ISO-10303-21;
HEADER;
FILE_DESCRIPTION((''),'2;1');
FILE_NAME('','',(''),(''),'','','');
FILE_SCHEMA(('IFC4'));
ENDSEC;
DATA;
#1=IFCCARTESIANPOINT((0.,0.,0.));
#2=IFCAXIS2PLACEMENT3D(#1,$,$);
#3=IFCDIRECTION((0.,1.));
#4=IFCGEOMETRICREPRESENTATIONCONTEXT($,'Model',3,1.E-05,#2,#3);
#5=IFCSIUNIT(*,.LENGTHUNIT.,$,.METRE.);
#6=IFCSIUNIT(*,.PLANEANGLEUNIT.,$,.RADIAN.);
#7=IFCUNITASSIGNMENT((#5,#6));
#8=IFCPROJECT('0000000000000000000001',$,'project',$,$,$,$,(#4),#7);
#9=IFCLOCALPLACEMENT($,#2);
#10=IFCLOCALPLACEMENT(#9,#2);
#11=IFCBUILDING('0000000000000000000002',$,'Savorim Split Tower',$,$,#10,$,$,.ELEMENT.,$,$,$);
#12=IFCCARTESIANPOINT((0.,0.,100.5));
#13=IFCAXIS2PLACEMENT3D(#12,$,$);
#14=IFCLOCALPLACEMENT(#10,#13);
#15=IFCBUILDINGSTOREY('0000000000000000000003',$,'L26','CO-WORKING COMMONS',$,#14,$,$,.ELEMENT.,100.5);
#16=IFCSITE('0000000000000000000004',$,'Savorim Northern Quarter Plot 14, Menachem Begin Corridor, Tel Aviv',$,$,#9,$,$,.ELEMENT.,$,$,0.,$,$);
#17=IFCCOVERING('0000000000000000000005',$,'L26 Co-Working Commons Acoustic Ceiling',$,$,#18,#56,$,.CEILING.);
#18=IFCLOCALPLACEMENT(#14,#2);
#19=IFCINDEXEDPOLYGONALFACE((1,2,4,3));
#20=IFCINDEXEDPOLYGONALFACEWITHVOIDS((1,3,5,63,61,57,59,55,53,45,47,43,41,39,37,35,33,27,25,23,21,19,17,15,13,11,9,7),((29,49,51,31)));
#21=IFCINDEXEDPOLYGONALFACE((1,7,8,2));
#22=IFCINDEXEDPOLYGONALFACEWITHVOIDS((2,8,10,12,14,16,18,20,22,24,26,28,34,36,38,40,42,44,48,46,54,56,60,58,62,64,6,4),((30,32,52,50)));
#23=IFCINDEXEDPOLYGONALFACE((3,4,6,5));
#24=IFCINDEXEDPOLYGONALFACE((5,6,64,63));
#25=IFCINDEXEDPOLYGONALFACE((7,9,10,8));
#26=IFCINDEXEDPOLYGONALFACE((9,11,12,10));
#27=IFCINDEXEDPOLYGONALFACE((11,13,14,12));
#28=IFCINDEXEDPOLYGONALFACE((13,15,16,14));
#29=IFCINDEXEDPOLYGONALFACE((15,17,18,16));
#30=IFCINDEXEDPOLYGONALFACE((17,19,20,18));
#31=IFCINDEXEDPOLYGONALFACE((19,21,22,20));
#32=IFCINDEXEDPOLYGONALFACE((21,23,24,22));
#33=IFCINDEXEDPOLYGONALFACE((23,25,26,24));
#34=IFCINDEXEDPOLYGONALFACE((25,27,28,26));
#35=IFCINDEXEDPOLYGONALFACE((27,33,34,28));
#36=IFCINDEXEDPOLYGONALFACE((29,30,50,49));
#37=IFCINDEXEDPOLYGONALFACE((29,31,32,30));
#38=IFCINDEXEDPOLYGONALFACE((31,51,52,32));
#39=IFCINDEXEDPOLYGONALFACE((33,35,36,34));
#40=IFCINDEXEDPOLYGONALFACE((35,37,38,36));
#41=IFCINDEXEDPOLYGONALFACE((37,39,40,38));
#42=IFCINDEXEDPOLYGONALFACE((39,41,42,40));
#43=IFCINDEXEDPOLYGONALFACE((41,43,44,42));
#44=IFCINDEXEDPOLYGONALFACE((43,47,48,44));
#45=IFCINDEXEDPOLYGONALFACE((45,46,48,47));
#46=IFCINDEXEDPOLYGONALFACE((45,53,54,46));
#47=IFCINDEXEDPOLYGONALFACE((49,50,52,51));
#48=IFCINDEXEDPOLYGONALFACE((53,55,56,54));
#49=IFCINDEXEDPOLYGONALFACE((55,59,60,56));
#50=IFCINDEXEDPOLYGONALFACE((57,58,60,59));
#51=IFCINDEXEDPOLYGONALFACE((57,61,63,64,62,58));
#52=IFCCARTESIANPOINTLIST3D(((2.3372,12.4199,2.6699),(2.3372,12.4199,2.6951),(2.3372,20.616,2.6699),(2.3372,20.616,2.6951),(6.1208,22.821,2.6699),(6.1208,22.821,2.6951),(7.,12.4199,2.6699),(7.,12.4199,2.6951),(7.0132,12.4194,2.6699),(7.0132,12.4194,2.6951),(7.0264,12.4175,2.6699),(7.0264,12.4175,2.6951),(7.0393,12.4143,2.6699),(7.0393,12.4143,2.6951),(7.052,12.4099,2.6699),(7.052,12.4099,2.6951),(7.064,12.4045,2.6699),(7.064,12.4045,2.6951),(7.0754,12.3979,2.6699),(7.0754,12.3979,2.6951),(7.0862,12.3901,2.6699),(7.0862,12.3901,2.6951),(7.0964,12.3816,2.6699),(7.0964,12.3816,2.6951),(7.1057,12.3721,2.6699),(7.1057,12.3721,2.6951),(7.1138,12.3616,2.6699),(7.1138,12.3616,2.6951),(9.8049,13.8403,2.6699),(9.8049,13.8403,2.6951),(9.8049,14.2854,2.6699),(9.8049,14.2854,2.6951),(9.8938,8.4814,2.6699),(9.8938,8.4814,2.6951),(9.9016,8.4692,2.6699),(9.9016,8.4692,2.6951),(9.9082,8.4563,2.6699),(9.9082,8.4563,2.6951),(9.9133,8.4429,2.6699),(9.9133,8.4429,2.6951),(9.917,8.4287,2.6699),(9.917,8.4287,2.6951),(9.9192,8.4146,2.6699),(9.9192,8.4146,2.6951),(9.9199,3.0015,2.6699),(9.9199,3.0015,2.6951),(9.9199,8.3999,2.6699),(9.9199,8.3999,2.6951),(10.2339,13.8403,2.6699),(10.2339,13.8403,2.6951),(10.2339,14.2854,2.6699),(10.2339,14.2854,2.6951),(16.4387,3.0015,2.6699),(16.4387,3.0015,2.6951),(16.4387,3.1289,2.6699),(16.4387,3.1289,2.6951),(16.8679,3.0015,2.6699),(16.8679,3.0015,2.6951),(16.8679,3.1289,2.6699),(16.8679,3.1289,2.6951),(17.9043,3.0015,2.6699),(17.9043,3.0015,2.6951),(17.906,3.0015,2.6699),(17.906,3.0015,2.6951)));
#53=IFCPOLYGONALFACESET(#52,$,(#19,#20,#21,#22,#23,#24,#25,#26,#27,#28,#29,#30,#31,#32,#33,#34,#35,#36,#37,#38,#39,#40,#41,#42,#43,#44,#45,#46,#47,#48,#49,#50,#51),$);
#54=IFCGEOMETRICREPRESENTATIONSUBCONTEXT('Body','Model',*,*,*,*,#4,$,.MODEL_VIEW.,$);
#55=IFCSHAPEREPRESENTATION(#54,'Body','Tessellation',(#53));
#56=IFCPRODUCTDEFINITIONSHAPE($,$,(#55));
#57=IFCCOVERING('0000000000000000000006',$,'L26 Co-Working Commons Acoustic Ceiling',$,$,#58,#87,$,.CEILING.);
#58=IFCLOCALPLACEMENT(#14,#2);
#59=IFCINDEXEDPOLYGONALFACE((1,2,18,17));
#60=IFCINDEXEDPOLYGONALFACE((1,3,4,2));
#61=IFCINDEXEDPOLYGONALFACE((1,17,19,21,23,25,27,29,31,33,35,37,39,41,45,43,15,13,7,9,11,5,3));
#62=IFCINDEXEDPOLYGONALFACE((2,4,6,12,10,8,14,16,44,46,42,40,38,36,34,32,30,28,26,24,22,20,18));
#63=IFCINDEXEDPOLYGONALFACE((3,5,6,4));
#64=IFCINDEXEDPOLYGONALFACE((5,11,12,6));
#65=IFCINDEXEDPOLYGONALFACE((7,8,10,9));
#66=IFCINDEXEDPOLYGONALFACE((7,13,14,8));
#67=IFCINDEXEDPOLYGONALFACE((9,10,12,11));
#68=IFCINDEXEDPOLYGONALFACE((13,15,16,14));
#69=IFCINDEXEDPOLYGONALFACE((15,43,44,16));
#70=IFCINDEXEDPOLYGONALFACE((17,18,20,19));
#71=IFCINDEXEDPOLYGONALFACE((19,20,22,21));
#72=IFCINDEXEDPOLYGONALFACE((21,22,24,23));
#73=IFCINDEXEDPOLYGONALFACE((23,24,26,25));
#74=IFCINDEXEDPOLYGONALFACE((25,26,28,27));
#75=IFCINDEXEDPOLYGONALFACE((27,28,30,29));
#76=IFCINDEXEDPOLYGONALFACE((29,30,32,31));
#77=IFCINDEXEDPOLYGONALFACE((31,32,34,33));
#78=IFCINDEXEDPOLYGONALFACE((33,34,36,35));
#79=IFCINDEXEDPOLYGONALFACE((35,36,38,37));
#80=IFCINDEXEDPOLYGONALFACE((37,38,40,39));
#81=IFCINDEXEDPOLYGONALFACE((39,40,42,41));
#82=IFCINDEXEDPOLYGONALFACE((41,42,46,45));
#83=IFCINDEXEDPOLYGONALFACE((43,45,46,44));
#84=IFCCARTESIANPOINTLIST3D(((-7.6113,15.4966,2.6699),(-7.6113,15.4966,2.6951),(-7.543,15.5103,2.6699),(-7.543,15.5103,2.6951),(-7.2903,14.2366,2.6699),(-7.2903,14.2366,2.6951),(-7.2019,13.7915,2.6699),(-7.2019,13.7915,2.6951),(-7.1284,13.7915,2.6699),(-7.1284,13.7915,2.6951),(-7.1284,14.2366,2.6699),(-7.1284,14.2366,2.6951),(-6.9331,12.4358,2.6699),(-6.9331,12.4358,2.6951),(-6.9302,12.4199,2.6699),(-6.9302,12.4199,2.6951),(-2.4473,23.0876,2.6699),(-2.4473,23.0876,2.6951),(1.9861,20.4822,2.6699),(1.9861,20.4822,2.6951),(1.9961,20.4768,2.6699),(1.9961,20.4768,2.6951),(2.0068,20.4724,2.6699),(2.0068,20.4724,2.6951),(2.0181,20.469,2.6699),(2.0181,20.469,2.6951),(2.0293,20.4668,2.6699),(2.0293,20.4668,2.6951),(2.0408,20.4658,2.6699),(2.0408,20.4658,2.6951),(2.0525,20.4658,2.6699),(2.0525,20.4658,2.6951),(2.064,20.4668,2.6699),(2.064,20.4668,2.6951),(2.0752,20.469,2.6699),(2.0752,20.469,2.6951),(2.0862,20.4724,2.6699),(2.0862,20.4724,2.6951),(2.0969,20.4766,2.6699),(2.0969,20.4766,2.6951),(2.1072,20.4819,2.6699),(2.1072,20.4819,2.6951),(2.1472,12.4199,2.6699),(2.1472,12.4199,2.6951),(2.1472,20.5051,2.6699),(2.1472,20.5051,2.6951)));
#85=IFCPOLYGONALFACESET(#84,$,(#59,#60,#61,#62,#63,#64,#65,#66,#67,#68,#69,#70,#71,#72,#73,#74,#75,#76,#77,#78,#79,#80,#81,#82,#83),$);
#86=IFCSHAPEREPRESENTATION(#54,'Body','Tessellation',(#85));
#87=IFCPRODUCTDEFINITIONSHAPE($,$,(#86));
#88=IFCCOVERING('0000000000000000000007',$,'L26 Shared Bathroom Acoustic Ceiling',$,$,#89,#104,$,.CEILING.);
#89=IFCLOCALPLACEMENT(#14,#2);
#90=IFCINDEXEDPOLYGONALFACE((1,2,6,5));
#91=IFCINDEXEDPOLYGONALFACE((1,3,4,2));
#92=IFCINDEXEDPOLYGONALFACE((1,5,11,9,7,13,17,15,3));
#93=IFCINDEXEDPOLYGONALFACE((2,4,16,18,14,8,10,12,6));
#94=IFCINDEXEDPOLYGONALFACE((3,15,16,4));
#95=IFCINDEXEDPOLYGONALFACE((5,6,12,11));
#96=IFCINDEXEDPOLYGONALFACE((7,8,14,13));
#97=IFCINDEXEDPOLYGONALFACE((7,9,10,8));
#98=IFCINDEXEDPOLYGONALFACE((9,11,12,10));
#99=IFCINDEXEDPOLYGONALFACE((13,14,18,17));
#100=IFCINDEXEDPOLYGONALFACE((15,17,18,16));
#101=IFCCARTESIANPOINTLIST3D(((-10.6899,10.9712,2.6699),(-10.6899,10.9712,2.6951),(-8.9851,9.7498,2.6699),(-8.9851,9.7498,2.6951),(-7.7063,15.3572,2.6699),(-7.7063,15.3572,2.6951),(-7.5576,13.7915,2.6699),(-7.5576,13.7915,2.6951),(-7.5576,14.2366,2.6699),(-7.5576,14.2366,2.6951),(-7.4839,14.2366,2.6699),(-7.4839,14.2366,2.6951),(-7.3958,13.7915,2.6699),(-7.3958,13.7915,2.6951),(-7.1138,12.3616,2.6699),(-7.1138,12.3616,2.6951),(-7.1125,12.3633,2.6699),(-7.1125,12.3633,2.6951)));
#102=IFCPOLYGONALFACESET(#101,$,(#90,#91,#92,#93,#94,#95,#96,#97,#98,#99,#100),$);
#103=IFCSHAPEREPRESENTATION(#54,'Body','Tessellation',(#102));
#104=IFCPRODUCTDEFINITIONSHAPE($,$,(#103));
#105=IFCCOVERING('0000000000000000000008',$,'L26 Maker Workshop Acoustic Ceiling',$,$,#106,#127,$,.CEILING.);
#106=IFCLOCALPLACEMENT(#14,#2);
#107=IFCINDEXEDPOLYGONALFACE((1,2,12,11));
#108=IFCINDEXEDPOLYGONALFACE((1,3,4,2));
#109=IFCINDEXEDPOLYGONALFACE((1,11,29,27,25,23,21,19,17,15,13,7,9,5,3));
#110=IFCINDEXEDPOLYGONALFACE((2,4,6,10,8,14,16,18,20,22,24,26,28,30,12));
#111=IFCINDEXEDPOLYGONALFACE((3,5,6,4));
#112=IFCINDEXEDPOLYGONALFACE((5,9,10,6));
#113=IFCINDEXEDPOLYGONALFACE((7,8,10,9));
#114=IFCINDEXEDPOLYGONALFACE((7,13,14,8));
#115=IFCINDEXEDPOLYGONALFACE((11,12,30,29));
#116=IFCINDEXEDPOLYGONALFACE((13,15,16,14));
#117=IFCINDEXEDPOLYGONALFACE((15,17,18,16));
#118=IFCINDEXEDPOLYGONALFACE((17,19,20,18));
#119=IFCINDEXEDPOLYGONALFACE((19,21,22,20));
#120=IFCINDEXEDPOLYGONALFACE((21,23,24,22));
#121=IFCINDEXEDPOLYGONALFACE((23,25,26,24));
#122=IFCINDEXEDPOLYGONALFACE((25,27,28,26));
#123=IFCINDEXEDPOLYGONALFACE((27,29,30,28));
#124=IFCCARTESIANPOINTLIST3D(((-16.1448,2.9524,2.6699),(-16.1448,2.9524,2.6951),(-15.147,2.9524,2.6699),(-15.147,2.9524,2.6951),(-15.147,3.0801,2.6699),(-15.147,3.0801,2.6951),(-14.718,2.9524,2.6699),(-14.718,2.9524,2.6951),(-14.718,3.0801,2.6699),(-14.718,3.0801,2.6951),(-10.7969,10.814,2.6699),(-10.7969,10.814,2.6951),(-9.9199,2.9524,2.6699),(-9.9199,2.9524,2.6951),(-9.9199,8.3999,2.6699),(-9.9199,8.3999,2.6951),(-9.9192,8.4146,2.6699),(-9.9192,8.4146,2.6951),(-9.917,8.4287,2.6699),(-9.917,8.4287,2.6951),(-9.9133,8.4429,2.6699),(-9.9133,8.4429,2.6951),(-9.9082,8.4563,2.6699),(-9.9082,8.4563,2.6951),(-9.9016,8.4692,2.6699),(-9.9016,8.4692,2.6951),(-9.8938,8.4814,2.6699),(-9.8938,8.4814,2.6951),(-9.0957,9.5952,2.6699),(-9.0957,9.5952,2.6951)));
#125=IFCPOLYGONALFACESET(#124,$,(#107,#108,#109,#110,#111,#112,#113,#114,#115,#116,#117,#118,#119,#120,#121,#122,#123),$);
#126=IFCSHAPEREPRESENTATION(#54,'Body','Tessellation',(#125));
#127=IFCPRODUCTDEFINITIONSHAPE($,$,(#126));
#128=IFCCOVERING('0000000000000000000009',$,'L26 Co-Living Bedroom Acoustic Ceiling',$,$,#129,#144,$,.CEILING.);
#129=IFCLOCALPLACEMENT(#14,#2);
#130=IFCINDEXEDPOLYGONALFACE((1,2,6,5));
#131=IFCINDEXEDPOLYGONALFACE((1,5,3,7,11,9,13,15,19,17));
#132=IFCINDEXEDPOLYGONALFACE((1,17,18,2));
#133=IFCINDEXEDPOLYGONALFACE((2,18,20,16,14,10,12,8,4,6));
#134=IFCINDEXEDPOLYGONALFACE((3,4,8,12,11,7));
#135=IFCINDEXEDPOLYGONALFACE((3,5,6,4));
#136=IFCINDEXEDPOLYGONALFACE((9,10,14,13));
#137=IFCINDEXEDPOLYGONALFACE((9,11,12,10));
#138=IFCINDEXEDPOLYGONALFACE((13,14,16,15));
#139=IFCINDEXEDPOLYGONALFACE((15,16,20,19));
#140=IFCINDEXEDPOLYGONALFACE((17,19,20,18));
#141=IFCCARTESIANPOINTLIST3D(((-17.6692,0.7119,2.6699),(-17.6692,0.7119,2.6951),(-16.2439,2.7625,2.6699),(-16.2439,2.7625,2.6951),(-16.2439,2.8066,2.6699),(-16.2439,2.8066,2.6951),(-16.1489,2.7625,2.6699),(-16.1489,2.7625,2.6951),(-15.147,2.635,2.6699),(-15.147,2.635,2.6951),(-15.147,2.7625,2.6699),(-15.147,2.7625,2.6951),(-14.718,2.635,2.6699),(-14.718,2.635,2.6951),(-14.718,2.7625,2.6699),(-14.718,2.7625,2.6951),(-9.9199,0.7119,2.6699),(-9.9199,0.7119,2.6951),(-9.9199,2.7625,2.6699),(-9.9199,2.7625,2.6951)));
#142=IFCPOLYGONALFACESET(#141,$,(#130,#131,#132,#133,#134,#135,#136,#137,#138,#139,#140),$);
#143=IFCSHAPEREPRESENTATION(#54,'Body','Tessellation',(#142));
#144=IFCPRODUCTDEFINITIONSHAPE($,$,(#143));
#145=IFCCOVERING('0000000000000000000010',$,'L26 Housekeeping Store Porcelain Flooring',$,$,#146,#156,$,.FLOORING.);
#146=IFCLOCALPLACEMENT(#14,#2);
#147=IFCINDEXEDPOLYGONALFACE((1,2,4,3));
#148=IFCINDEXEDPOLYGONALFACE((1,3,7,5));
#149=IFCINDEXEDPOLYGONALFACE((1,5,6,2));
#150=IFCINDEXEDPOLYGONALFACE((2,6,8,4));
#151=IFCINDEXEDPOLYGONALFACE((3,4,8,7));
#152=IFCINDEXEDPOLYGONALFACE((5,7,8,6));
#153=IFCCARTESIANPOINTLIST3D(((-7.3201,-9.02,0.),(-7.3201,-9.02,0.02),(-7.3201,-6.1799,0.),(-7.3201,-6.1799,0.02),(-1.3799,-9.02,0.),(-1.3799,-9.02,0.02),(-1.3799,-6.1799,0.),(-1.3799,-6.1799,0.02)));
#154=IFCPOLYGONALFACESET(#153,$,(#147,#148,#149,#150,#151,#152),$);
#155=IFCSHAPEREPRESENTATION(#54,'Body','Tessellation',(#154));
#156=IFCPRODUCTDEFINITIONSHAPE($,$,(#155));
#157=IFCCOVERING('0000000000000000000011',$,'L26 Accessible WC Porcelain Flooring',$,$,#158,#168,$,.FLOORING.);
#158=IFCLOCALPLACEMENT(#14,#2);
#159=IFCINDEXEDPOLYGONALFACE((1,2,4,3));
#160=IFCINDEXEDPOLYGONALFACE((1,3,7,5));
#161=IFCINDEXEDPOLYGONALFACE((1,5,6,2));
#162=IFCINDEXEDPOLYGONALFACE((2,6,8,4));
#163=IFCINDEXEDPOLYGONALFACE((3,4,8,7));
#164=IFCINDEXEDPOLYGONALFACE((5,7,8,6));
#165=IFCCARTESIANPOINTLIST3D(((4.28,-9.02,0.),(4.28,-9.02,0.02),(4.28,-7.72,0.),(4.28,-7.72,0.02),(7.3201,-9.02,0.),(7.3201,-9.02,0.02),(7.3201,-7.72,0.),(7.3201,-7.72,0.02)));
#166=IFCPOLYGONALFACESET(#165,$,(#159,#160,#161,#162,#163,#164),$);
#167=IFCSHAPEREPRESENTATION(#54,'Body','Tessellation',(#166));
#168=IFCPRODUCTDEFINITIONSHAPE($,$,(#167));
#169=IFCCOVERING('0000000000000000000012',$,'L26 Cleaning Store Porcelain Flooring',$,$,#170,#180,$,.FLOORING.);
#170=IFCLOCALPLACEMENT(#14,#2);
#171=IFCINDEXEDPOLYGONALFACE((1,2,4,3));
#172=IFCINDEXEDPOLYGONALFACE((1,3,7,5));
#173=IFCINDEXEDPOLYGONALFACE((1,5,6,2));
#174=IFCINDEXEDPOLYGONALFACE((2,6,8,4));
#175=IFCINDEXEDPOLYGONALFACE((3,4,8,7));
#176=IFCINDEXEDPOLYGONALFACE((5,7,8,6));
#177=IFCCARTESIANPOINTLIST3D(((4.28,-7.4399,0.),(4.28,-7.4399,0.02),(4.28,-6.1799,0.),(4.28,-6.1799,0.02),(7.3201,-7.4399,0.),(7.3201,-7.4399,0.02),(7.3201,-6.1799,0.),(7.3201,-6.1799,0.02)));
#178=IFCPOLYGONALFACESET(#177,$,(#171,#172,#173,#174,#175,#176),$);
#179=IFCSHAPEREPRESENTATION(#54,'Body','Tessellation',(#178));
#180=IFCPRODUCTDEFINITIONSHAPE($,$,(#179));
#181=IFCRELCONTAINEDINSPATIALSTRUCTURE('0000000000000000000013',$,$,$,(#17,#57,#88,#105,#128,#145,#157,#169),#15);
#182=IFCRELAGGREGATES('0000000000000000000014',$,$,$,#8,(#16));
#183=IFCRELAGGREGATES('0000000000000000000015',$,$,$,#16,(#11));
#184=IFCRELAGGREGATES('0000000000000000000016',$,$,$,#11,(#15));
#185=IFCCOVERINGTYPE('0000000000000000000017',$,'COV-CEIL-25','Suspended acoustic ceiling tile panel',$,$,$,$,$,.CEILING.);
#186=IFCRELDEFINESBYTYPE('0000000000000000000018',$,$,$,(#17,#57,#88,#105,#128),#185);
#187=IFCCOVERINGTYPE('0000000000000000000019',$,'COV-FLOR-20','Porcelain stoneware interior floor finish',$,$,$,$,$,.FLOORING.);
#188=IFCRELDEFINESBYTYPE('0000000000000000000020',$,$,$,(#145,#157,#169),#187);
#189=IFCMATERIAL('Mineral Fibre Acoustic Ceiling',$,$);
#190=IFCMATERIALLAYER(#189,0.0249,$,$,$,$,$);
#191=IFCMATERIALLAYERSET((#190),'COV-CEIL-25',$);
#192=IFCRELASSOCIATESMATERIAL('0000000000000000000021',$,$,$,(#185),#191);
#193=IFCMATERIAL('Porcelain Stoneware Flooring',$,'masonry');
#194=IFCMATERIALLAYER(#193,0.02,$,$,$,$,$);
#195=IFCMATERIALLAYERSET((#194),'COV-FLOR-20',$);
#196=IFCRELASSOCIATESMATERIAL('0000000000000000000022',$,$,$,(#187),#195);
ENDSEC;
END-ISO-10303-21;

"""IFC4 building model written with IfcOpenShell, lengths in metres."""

from ifc_helpers import new_model, si_unit, direction, frame, origin, place, context, subcontext, project, spatial, polyline, outline, extrude, material, layer, layer_set, type_object, element, save


model = new_model("IFC4")

# Units and contexts
model_context = context("Model", 3, precision=1e-05, world=origin(), true_north=direction((0.0, 1.0)))
body_context = subcontext(model_context, "Body", "Model", "MODEL_VIEW")
ifc_project = project(units=[si_unit("LENGTHUNIT", "METRE"), si_unit("PLANEANGLEUNIT", "RADIAN")], contexts=[model_context])

# Site, building, storey
site_placement = place(None, origin())
site = spatial("IfcSite", under=ifc_project, at=site_placement, Name="Savorim Northern Quarter Plot 14, Menachem Begin Corridor, Tel Aviv", CompositionType="ELEMENT", RefElevation=0.0)
building_placement = place(site_placement, origin())
building = spatial("IfcBuilding", under=site, at=building_placement, Name="Savorim Split Tower", CompositionType="ELEMENT")
storey_placement = place(building_placement, frame((0.0, 0.0, 100.5)))
storey = spatial("IfcBuildingStorey", under=building, at=storey_placement, Name="L26", Description="CO-WORKING COMMONS", CompositionType="ELEMENT", Elevation=100.5)

# Coverings
ifc_material_1 = material(Name="Mineral Fibre Acoustic Ceiling")
ifc_layer_1 = layer(ifc_material_1, 0.0249)
ifc_layer_set_1 = layer_set([ifc_layer_1], Name="COV-CEIL-25")
covering_type_1 = type_object("IfcCoveringType", Name="COV-CEIL-25", Description="Suspended acoustic ceiling tile panel", PredefinedType="CEILING", material=ifc_layer_set_1)
covering_1_placement = place(storey_placement, frame((0.0, 0.0, 2.6699)))
element("IfcCovering", 1, at=covering_1_placement, inside=storey, type_object=covering_type_1, Name="L26 Co-Working Commons Acoustic Ceiling", PredefinedType="CEILING", context=body_context, shape_type="SweptSolid", body=[
    extrude(outline(polyline([(17.9043, 3.0015), (17.906, 3.0015), (6.1208, 22.821), (2.3372, 20.616), (2.3372, 12.4199), (7.0, 12.4199), (7.0132, 12.4194), (7.0264, 12.4175), (7.0393, 12.4143), (7.052, 12.4099), (7.064, 12.4045), (7.0754, 12.3979), (7.0862, 12.3901), (7.0964, 12.3816), (7.1057, 12.3721), (7.1138, 12.3616), (9.8938, 8.4814), (9.9016, 8.4692), (9.9082, 8.4563), (9.9133, 8.4429), (9.917, 8.4287), (9.9192, 8.4146), (9.9199, 8.3999), (9.9199, 3.0015), (16.4387, 3.0015), (16.4387, 3.1289), (16.8679, 3.1289), (16.8679, 3.0015), (17.9043, 3.0015)]), holes=[polyline([(10.2339, 14.2854), (9.8049, 14.2854), (9.8049, 13.8403), (10.2339, 13.8403), (10.2339, 14.2854)])]), origin(), (0.0, 0.0, 1.0), 0.0251),
])
covering_2_placement = place(storey_placement, frame((0.0, 0.0, 2.6699)))
element("IfcCovering", 2, at=covering_2_placement, inside=storey, type_object=covering_type_1, Name="L26 Co-Working Commons Acoustic Ceiling", PredefinedType="CEILING", context=body_context, shape_type="SweptSolid", body=[
    extrude(outline(polyline([(2.0068, 20.4724), (1.9961, 20.4768), (1.9861, 20.4822), (-2.4473, 23.0876), (-7.6113, 15.4966), (-7.543, 15.5103), (-7.2903, 14.2366), (-7.1284, 14.2366), (-7.1284, 13.7915), (-7.2019, 13.7915), (-6.9331, 12.4358), (-6.9302, 12.4199), (2.1472, 12.4199), (2.1472, 20.5051), (2.1072, 20.4819), (2.0969, 20.4766), (2.0862, 20.4724), (2.0752, 20.469), (2.064, 20.4668), (2.0525, 20.4658), (2.0408, 20.4658), (2.0293, 20.4668), (2.0181, 20.469), (2.0068, 20.4724)])), origin(), (0.0, 0.0, 1.0), 0.0251),
])
covering_3_placement = place(storey_placement, frame((0.0, 0.0, 2.6699)))
element("IfcCovering", 3, at=covering_3_placement, inside=storey, type_object=covering_type_1, Name="L26 Shared Bathroom Acoustic Ceiling", PredefinedType="CEILING", context=body_context, shape_type="SweptSolid", body=[
    extrude(outline(polyline([(-8.9851, 9.7498), (-7.1138, 12.3616), (-7.1125, 12.3633), (-7.3958, 13.7915), (-7.5576, 13.7915), (-7.5576, 14.2366), (-7.4839, 14.2366), (-7.7063, 15.3572), (-10.6899, 10.9712), (-8.9851, 9.7498)])), origin(), (0.0, 0.0, 1.0), 0.0251),
])
covering_4_placement = place(storey_placement, frame((0.0, 0.0, 2.6699)))
element("IfcCovering", 4, at=covering_4_placement, inside=storey, type_object=covering_type_1, Name="L26 Maker Workshop Acoustic Ceiling", PredefinedType="CEILING", context=body_context, shape_type="SweptSolid", body=[
    extrude(outline(polyline([(-9.9082, 8.4563), (-9.9016, 8.4692), (-9.8938, 8.4814), (-9.0957, 9.5952), (-10.7969, 10.814), (-16.1448, 2.9524), (-15.147, 2.9524), (-15.147, 3.0801), (-14.718, 3.0801), (-14.718, 2.9524), (-9.9199, 2.9524), (-9.9199, 8.3999), (-9.9192, 8.4146), (-9.917, 8.4287), (-9.9133, 8.4429), (-9.9082, 8.4563)])), origin(), (0.0, 0.0, 1.0), 0.0251),
])
covering_5_placement = place(storey_placement, frame((0.0, 0.0, 2.6699)))
element("IfcCovering", 5, at=covering_5_placement, inside=storey, type_object=covering_type_1, Name="L26 Co-Living Bedroom Acoustic Ceiling", PredefinedType="CEILING", context=body_context, shape_type="SweptSolid", body=[
    extrude(outline(polyline([(-15.147, 2.7625), (-16.1489, 2.7625), (-16.2439, 2.7625), (-16.2439, 2.8066), (-17.6692, 0.7119), (-9.9199, 0.7119), (-9.9199, 2.7625), (-14.718, 2.7625), (-14.718, 2.635), (-15.147, 2.635), (-15.147, 2.7625)])), origin(), (0.0, 0.0, 1.0), 0.0251),
])
ifc_material_2 = material(Name="Porcelain Stoneware Flooring", Category="masonry")
ifc_layer_2 = layer(ifc_material_2, 0.02)
ifc_layer_set_2 = layer_set([ifc_layer_2], Name="COV-FLOR-20")
covering_type_2 = type_object("IfcCoveringType", Name="COV-FLOR-20", Description="Porcelain stoneware interior floor finish", PredefinedType="FLOORING", material=ifc_layer_set_2)
covering_6_placement = place(storey_placement, origin())
element("IfcCovering", 6, at=covering_6_placement, inside=storey, type_object=covering_type_2, Name="L26 Housekeeping Store Porcelain Flooring", PredefinedType="FLOORING", context=body_context, shape_type="SweptSolid", body=[
    extrude(outline(polyline([(-7.3201, -6.1799), (-7.3201, -9.02), (-1.3799, -9.02), (-1.3799, -6.1799), (-7.3201, -6.1799)])), origin(), (0.0, 0.0, 1.0), 0.02),
])
covering_7_placement = place(storey_placement, origin())
element("IfcCovering", 7, at=covering_7_placement, inside=storey, type_object=covering_type_2, Name="L26 Accessible WC Porcelain Flooring", PredefinedType="FLOORING", context=body_context, shape_type="SweptSolid", body=[
    extrude(outline(polyline([(4.28, -7.72), (4.28, -9.02), (7.3201, -9.02), (7.3201, -7.72), (4.28, -7.72)])), origin(), (0.0, 0.0, 1.0), 0.02),
])
covering_8_placement = place(storey_placement, origin())
element("IfcCovering", 8, at=covering_8_placement, inside=storey, type_object=covering_type_2, Name="L26 Cleaning Store Porcelain Flooring", PredefinedType="FLOORING", context=body_context, shape_type="SweptSolid", body=[
    extrude(outline(polyline([(4.28, -6.1799), (4.28, -7.4399), (7.3201, -7.4399), (7.3201, -6.1799), (4.28, -6.1799)])), origin(), (0.0, 0.0, 1.0), 0.02),
])

save(model, "model.ifc")
